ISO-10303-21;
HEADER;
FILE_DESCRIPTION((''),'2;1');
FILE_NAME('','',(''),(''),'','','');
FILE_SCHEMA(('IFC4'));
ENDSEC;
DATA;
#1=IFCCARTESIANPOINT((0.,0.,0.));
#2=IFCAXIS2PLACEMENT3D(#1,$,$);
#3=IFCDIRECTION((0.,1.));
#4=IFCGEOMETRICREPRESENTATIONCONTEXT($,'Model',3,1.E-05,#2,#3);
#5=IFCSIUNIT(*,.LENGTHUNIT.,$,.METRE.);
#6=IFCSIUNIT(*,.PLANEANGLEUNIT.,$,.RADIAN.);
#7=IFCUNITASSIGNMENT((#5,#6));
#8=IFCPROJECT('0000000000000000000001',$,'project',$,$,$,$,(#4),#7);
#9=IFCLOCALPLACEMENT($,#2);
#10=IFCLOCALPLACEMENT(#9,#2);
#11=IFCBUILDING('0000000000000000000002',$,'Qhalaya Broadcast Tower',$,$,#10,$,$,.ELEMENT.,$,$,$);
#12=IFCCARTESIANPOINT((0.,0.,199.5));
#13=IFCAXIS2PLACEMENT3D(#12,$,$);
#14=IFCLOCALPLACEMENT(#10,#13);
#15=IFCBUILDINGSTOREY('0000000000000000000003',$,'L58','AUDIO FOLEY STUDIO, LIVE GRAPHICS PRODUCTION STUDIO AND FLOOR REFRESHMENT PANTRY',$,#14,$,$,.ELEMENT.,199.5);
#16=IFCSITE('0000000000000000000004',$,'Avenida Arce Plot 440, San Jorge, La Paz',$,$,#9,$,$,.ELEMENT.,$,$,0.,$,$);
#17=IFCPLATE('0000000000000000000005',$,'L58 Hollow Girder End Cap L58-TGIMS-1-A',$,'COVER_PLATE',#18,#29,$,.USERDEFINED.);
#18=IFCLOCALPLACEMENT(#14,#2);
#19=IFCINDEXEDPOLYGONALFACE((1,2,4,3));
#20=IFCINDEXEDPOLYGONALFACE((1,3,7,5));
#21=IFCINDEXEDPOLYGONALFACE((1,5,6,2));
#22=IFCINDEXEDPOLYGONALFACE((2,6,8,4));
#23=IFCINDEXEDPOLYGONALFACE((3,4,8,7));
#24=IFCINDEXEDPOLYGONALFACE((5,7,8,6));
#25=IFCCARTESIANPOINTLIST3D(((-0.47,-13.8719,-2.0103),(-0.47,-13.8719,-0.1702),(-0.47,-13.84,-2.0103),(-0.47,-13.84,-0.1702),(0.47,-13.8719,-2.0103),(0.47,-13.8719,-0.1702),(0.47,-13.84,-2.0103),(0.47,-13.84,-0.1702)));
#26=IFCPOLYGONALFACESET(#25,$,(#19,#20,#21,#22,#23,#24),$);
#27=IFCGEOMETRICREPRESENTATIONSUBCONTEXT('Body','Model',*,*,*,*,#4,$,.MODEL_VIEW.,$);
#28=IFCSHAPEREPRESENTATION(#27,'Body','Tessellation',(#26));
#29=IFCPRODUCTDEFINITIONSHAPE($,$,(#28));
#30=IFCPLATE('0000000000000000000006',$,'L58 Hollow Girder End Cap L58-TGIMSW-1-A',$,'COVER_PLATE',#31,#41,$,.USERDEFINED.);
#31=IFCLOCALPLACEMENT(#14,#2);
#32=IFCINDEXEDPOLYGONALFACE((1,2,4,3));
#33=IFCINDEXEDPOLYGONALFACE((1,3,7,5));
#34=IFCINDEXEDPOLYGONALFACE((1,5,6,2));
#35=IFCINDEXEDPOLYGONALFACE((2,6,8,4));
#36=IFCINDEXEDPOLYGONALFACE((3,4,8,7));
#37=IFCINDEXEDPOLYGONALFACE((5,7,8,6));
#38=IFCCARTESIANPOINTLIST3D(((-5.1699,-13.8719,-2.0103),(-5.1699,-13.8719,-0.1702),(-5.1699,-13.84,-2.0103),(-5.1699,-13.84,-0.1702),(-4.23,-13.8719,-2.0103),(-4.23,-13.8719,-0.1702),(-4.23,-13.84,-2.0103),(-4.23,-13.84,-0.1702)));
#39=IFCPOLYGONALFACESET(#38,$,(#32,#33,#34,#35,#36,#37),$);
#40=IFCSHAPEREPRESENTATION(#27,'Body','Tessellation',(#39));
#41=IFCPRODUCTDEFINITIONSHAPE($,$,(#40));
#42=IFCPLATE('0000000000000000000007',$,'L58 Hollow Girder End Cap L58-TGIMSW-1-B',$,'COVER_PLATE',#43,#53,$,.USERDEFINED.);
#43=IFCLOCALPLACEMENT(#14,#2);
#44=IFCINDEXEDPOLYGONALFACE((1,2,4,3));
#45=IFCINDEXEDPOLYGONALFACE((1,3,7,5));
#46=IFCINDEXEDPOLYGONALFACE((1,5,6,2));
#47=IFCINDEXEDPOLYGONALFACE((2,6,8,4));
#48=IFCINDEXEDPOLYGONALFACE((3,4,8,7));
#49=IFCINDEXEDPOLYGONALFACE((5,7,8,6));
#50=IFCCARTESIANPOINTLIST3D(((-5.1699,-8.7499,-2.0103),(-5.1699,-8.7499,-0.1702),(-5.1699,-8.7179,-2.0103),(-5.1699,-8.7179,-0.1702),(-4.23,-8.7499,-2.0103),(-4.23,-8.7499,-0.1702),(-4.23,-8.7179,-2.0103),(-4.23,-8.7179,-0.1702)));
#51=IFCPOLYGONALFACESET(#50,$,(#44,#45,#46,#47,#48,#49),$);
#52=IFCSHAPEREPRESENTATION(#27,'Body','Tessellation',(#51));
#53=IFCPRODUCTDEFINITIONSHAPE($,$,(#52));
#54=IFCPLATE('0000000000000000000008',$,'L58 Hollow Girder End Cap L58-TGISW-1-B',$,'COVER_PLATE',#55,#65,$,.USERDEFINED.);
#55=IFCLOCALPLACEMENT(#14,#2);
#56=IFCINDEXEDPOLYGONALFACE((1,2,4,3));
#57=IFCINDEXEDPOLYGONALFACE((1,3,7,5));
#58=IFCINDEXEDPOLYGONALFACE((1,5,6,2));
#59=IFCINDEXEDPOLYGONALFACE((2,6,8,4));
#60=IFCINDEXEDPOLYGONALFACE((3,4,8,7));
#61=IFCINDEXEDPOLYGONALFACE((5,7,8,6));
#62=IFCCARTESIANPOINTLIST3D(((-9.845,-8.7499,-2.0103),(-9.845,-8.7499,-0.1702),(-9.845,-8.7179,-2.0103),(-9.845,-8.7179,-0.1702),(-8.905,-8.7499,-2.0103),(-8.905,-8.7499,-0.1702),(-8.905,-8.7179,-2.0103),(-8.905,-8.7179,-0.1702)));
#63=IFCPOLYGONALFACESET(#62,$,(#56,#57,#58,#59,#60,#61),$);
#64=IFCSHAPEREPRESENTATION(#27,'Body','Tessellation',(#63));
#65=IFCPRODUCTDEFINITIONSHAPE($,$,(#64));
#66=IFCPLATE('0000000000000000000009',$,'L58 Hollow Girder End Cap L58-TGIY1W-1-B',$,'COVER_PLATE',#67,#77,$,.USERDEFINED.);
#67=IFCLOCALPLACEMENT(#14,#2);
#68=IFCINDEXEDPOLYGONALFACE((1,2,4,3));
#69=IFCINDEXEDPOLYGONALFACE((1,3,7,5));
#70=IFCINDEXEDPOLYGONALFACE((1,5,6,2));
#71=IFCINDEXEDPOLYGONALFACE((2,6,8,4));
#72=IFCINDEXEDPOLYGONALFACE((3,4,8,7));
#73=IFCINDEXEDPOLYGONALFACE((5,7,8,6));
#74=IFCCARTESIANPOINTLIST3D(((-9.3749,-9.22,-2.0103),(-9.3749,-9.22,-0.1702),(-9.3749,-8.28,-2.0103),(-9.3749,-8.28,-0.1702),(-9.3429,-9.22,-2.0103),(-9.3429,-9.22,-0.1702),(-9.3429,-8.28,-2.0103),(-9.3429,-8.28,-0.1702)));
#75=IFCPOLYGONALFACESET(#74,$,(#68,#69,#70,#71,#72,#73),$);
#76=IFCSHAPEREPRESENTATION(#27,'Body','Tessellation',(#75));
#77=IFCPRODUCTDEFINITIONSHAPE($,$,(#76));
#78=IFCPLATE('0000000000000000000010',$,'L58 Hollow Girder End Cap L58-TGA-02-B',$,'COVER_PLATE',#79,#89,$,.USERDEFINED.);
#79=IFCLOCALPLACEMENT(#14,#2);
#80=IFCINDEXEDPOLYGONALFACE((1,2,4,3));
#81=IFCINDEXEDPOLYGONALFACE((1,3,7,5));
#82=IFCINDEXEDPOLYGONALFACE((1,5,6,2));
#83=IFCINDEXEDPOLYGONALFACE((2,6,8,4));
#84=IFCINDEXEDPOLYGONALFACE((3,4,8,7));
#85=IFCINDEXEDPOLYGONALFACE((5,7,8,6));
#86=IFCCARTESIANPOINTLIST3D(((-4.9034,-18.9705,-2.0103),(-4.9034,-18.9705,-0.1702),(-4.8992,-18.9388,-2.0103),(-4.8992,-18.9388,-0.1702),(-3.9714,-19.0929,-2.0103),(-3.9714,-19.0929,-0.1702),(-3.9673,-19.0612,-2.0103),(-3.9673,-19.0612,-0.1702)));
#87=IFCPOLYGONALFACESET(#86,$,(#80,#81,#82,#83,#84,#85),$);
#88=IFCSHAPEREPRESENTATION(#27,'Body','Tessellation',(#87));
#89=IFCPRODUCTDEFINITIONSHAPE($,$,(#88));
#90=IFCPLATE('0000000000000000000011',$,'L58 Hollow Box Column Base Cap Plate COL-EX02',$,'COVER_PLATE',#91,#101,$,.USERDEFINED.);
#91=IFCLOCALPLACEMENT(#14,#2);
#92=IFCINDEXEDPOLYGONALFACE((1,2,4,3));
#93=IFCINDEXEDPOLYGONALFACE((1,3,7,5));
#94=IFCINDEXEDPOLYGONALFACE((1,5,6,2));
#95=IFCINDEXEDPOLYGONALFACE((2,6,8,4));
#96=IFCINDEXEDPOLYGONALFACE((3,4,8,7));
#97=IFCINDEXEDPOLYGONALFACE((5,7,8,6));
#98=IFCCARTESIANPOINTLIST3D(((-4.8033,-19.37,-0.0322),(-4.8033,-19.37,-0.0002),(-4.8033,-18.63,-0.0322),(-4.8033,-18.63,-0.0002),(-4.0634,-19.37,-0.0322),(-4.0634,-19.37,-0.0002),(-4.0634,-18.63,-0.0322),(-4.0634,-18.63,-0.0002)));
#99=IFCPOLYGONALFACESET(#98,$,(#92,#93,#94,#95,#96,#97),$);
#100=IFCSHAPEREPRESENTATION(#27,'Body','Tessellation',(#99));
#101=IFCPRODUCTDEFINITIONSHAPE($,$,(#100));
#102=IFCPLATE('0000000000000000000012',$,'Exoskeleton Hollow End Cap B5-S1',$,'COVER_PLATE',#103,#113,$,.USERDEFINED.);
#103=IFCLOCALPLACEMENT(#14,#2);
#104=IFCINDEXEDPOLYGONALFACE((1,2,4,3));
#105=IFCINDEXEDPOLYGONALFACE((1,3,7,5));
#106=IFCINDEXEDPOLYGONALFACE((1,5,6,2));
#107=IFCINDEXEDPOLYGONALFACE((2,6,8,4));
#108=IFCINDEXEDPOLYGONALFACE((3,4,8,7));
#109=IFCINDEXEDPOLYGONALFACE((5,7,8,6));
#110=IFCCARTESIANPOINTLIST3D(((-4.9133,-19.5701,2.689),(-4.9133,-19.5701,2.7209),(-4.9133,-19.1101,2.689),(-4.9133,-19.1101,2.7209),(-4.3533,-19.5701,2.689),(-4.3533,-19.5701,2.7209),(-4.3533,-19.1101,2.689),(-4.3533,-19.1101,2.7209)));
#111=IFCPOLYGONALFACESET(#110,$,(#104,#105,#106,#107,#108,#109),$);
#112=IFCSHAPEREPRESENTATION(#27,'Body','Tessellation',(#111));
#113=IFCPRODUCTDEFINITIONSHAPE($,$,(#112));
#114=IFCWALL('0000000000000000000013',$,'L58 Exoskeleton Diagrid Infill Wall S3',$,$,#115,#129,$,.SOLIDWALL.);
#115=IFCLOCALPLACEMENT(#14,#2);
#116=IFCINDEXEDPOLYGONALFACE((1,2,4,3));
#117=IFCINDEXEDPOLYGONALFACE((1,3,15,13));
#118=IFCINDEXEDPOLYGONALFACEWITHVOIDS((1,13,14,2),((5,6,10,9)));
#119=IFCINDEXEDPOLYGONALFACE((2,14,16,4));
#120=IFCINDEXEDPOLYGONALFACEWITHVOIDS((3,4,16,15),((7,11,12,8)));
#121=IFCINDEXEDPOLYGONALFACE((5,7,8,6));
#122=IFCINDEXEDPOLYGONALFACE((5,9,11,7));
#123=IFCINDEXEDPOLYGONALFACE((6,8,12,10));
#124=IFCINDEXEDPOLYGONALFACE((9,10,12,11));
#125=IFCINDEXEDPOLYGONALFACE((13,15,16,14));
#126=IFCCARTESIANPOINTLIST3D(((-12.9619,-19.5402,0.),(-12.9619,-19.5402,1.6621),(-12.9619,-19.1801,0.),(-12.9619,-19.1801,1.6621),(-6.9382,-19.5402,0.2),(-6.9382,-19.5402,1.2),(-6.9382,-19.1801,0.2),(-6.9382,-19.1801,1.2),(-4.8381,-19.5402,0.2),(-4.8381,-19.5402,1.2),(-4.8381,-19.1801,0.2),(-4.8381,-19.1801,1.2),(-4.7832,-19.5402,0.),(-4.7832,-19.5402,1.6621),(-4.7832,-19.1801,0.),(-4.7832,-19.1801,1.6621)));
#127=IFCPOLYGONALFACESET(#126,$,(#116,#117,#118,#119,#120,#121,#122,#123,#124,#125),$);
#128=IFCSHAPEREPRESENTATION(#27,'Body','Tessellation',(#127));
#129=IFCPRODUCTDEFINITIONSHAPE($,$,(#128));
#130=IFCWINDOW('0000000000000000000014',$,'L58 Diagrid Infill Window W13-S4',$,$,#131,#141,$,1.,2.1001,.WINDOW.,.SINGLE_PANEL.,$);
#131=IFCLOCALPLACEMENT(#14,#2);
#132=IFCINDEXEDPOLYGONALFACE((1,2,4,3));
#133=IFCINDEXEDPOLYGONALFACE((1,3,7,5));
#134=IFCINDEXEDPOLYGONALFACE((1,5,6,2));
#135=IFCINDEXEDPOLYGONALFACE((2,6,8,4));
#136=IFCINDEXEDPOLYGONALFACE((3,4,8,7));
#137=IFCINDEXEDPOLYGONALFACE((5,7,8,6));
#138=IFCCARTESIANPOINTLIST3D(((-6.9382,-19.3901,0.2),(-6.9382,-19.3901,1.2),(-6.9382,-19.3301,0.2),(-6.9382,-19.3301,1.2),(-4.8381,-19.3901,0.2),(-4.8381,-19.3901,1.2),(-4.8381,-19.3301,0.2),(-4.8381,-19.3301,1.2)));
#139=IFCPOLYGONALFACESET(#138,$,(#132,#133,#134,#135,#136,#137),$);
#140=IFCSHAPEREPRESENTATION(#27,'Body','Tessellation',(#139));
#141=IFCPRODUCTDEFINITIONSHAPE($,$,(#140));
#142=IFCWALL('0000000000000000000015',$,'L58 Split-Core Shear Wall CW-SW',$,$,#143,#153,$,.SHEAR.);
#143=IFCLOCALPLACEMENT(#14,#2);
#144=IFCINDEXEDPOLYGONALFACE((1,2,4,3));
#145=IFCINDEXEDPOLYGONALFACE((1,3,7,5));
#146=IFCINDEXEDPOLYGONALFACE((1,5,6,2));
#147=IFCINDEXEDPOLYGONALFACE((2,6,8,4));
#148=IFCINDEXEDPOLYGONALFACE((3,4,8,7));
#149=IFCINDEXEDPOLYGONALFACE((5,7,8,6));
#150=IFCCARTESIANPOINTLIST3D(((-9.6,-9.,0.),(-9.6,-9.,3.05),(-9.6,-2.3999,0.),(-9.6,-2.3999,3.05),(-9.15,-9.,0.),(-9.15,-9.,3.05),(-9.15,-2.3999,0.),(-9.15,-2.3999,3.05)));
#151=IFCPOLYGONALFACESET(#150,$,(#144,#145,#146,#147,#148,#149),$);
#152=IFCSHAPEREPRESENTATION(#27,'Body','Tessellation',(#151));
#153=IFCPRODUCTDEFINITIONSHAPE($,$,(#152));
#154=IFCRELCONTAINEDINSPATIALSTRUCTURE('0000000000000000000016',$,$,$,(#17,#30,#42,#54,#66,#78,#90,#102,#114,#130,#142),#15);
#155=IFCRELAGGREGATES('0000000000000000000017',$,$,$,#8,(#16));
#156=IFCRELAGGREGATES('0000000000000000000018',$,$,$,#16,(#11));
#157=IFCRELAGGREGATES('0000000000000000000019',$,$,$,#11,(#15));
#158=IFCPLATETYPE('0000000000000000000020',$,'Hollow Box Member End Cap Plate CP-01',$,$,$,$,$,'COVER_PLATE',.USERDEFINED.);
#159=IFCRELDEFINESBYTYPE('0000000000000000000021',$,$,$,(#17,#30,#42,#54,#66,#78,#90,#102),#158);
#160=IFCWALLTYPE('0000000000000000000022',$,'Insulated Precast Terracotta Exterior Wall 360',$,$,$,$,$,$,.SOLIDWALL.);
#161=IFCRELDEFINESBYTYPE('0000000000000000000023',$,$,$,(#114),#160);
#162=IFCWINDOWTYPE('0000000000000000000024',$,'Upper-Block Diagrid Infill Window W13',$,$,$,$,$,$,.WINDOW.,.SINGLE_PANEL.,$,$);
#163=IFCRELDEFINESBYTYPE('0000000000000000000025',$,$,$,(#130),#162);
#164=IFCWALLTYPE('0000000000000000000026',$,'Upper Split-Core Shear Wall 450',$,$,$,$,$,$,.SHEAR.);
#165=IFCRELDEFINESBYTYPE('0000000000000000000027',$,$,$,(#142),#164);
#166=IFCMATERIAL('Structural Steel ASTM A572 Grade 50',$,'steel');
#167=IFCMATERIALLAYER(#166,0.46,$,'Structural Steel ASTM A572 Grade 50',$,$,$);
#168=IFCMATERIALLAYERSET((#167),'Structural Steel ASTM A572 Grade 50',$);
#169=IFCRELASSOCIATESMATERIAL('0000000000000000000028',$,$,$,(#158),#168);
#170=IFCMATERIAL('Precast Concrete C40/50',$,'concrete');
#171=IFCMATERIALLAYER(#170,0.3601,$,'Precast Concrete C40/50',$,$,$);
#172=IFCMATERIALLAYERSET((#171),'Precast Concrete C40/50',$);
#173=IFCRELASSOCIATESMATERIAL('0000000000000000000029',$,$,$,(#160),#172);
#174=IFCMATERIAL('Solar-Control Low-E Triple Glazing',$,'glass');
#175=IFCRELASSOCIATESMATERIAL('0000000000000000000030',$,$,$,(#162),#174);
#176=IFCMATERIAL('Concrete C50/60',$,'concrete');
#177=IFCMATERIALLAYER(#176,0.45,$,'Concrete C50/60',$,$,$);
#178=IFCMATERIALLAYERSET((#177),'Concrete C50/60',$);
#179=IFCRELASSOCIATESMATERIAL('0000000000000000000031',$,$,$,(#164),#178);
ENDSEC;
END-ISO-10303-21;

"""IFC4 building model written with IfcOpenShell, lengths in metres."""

from ifc_helpers import new_model, si_unit, direction, frame, frame_2d, origin, origin_2d, place, context, subcontext, project, spatial, rectangle, extrude, material, layer, layer_set, type_object, element, fill, save


model = new_model("IFC4")

# Units and contexts
model_context = context("Model", 3, precision=1e-05, world=origin(), true_north=direction((0.0, 1.0)))
body_context = subcontext(model_context, "Body", "Model", "MODEL_VIEW")
ifc_project = project(units=[si_unit("LENGTHUNIT", "METRE"), si_unit("PLANEANGLEUNIT", "RADIAN")], contexts=[model_context])

# Site, building, storey
site_placement = place(None, origin())
site = spatial("IfcSite", under=ifc_project, at=site_placement, Name="Avenida Arce Plot 440, San Jorge, La Paz", CompositionType="ELEMENT", RefElevation=0.0)
building_placement = place(site_placement, origin())
building = spatial("IfcBuilding", under=site, at=building_placement, Name="Qhalaya Broadcast Tower", CompositionType="ELEMENT")
storey_placement = place(building_placement, frame((0.0, 0.0, 199.5)))
storey = spatial("IfcBuildingStorey", under=building, at=storey_placement, Name="L58", Description="AUDIO FOLEY STUDIO, LIVE GRAPHICS PRODUCTION STUDIO AND FLOOR REFRESHMENT PANTRY", CompositionType="ELEMENT", Elevation=199.5)

# Shared definitions
ifc_material_1 = material(Name="Concrete C50/60", Category="concrete")
ifc_material_2 = material(Name="Structural Steel ASTM A572 Grade 50", Category="steel")

# Plates
ifc_layer_1 = layer(ifc_material_2, 0.46, Name="Structural Steel ASTM A572 Grade 50")
ifc_layer_set_1 = layer_set([ifc_layer_1], Name="Structural Steel ASTM A572 Grade 50")
plate_type_1 = type_object("IfcPlateType", Name="Hollow Box Member End Cap Plate CP-01", ElementType="COVER_PLATE", PredefinedType="USERDEFINED", material=ifc_layer_set_1)
for number, where, z_axis, x_axis, name in (
    (1, (0.0, -13.856, -2.0103), (0.0, 0.0, 1.0), (-1.0, 0.0, 0.0), "L58 Hollow Girder End Cap L58-TGIMS-1-A"),
    (2, (-4.7, -13.856, -2.0103), (0.0, 0.0, 1.0), (-1.0, 0.0, 0.0), "L58 Hollow Girder End Cap L58-TGIMSW-1-A"),
    (3, (-4.7, -8.7339, -2.0103), (0.0, 0.0, 1.0), (-1.0, 0.0, 0.0), "L58 Hollow Girder End Cap L58-TGIMSW-1-B"),
    (4, (-9.375, -8.7339, -2.0103), (0.0, 0.0, 1.0), (-1.0, 0.0, 0.0), "L58 Hollow Girder End Cap L58-TGISW-1-B"),
    (5, (-9.3589, -8.75, -2.0103), (0.0, 0.0, 1.0), (0.0, 1.0, 0.0), "L58 Hollow Girder End Cap L58-TGIY1W-1-B"),
    (6, (-4.4353, -19.0159, -2.0103), (0.0, 0.0, 1.0), (0.991481, -0.130249, 0.0), "L58 Hollow Girder End Cap L58-TGA-02-B"),
):
    element("IfcPlate", number, at=place(storey_placement, frame(where, z_axis=z_axis, x_axis=x_axis)), inside=storey, type_object=plate_type_1, Name=name, ObjectType="COVER_PLATE", PredefinedType="USERDEFINED", context=body_context, shape_type="SweptSolid", body=[
        extrude(rectangle(XDim=0.9399, YDim=0.032, at=origin_2d()), origin(), (0.0, 0.0, 1.0), 1.8401),
    ])
plate_1_placement = place(storey_placement, frame((-4.4333, -19.0, -0.0322), z_axis=(0.0, 0.0, 1.0), x_axis=(1.0, 0.0, 0.0)))
element("IfcPlate", 7, at=plate_1_placement, inside=storey, type_object=plate_type_1, Name="L58 Hollow Box Column Base Cap Plate COL-EX02", ObjectType="COVER_PLATE", PredefinedType="USERDEFINED", context=body_context, shape_type="SweptSolid", body=[
    extrude(rectangle(XDim=0.74, YDim=0.74, at=origin_2d()), origin(), (0.0, 0.0, 1.0), 0.032),
])
plate_2_placement = place(storey_placement, frame((-4.6333, -19.3401, 2.689), z_axis=(0.0, 0.0, 1.0), x_axis=(1.0, 0.0, 0.0)))
element("IfcPlate", 8, at=plate_2_placement, inside=storey, type_object=plate_type_1, Name="Exoskeleton Hollow End Cap B5-S1", ObjectType="COVER_PLATE", PredefinedType="USERDEFINED", context=body_context, shape_type="SweptSolid", body=[
    extrude(rectangle(XDim=0.5601, YDim=0.46, at=origin_2d()), origin(), (0.0, 0.0, 1.0), 0.032),
])

# Wall, opening, window
ifc_material_3 = material(Name="Precast Concrete C40/50", Category="concrete")
ifc_layer_2 = layer(ifc_material_3, 0.3601, Name="Precast Concrete C40/50")
ifc_layer_set_2 = layer_set([ifc_layer_2], Name="Precast Concrete C40/50")
wall_type_1 = type_object("IfcWallType", Name="Insulated Precast Terracotta Exterior Wall 360", PredefinedType="SOLIDWALL", material=ifc_layer_set_2)
wall_1_placement = place(storey_placement, frame((-4.7832, -19.3601, 0.0), z_axis=(0.0, 0.0, 1.0), x_axis=(-1.0, 0.0, 0.0)))
wall_1 = element("IfcWall", 9, at=wall_1_placement, inside=storey, type_object=wall_type_1, Name="L58 Exoskeleton Diagrid Infill Wall S3", PredefinedType="SOLIDWALL", context=body_context, shape_type="SweptSolid", body=[
    extrude(rectangle(XDim=8.1787, YDim=0.3601, at=frame_2d((4.0894, 0.0))), origin(), (0.0, 0.0, 1.0), 1.6621),
])
opening_placement = place(wall_1_placement, frame((0.0549, 0.0, 0.2)))
opening = element("IfcOpeningElement", 10, at=opening_placement, cuts=wall_1, PredefinedType="OPENING", context=body_context, shape_type="SweptSolid", body=[
    extrude(rectangle(XDim=2.1001, YDim=1.0, at=frame_2d((1.05, 0.5))), frame((0.0, 0.1921, 0.0), z_axis=(0.0, -1.0, 0.0), x_axis=(1.0, 0.0, 0.0)), (0.0, 0.0, 1.0), 0.384),
])
ifc_material_4 = material(Name="Solar-Control Low-E Triple Glazing", Category="glass")
window_type = type_object("IfcWindowType", Name="Upper-Block Diagrid Infill Window W13", PartitioningType="SINGLE_PANEL", PredefinedType="WINDOW", material=ifc_material_4)
window_placement = place(opening_placement, origin())
window = element("IfcWindow", 11, at=window_placement, inside=storey, type_object=window_type, Name="L58 Diagrid Infill Window W13-S4", OverallHeight=1.0, OverallWidth=2.1001, PartitioningType="SINGLE_PANEL", PredefinedType="WINDOW", context=body_context, shape_type="SweptSolid", body=[
    extrude(rectangle(XDim=2.1001, YDim=1.0, at=frame_2d((1.05, 0.5))), frame((0.0, 0.03, 0.0), z_axis=(0.0, -1.0, 0.0), x_axis=(1.0, 0.0, 0.0)), (0.0, 0.0, 1.0), 0.0601),
])
fill(opening, window)

# Wall
ifc_layer_3 = layer(ifc_material_1, 0.45, Name="Concrete C50/60")
ifc_layer_set_3 = layer_set([ifc_layer_3], Name="Concrete C50/60")
wall_type_2 = type_object("IfcWallType", Name="Upper Split-Core Shear Wall 450", PredefinedType="SHEAR", material=ifc_layer_set_3)
wall_2_placement = place(storey_placement, frame((-9.375, -9.0, 0.0), z_axis=(0.0, 0.0, 1.0), x_axis=(0.0, 1.0, 0.0)))
element("IfcWall", 12, at=wall_2_placement, inside=storey, type_object=wall_type_2, Name="L58 Split-Core Shear Wall CW-SW", PredefinedType="SHEAR", context=body_context, shape_type="SweptSolid", body=[
    extrude(rectangle(XDim=6.6001, YDim=0.45, at=frame_2d((3.3, 0.0))), origin(), (0.0, 0.0, 1.0), 3.05),
])

save(model, "model.ifc")
